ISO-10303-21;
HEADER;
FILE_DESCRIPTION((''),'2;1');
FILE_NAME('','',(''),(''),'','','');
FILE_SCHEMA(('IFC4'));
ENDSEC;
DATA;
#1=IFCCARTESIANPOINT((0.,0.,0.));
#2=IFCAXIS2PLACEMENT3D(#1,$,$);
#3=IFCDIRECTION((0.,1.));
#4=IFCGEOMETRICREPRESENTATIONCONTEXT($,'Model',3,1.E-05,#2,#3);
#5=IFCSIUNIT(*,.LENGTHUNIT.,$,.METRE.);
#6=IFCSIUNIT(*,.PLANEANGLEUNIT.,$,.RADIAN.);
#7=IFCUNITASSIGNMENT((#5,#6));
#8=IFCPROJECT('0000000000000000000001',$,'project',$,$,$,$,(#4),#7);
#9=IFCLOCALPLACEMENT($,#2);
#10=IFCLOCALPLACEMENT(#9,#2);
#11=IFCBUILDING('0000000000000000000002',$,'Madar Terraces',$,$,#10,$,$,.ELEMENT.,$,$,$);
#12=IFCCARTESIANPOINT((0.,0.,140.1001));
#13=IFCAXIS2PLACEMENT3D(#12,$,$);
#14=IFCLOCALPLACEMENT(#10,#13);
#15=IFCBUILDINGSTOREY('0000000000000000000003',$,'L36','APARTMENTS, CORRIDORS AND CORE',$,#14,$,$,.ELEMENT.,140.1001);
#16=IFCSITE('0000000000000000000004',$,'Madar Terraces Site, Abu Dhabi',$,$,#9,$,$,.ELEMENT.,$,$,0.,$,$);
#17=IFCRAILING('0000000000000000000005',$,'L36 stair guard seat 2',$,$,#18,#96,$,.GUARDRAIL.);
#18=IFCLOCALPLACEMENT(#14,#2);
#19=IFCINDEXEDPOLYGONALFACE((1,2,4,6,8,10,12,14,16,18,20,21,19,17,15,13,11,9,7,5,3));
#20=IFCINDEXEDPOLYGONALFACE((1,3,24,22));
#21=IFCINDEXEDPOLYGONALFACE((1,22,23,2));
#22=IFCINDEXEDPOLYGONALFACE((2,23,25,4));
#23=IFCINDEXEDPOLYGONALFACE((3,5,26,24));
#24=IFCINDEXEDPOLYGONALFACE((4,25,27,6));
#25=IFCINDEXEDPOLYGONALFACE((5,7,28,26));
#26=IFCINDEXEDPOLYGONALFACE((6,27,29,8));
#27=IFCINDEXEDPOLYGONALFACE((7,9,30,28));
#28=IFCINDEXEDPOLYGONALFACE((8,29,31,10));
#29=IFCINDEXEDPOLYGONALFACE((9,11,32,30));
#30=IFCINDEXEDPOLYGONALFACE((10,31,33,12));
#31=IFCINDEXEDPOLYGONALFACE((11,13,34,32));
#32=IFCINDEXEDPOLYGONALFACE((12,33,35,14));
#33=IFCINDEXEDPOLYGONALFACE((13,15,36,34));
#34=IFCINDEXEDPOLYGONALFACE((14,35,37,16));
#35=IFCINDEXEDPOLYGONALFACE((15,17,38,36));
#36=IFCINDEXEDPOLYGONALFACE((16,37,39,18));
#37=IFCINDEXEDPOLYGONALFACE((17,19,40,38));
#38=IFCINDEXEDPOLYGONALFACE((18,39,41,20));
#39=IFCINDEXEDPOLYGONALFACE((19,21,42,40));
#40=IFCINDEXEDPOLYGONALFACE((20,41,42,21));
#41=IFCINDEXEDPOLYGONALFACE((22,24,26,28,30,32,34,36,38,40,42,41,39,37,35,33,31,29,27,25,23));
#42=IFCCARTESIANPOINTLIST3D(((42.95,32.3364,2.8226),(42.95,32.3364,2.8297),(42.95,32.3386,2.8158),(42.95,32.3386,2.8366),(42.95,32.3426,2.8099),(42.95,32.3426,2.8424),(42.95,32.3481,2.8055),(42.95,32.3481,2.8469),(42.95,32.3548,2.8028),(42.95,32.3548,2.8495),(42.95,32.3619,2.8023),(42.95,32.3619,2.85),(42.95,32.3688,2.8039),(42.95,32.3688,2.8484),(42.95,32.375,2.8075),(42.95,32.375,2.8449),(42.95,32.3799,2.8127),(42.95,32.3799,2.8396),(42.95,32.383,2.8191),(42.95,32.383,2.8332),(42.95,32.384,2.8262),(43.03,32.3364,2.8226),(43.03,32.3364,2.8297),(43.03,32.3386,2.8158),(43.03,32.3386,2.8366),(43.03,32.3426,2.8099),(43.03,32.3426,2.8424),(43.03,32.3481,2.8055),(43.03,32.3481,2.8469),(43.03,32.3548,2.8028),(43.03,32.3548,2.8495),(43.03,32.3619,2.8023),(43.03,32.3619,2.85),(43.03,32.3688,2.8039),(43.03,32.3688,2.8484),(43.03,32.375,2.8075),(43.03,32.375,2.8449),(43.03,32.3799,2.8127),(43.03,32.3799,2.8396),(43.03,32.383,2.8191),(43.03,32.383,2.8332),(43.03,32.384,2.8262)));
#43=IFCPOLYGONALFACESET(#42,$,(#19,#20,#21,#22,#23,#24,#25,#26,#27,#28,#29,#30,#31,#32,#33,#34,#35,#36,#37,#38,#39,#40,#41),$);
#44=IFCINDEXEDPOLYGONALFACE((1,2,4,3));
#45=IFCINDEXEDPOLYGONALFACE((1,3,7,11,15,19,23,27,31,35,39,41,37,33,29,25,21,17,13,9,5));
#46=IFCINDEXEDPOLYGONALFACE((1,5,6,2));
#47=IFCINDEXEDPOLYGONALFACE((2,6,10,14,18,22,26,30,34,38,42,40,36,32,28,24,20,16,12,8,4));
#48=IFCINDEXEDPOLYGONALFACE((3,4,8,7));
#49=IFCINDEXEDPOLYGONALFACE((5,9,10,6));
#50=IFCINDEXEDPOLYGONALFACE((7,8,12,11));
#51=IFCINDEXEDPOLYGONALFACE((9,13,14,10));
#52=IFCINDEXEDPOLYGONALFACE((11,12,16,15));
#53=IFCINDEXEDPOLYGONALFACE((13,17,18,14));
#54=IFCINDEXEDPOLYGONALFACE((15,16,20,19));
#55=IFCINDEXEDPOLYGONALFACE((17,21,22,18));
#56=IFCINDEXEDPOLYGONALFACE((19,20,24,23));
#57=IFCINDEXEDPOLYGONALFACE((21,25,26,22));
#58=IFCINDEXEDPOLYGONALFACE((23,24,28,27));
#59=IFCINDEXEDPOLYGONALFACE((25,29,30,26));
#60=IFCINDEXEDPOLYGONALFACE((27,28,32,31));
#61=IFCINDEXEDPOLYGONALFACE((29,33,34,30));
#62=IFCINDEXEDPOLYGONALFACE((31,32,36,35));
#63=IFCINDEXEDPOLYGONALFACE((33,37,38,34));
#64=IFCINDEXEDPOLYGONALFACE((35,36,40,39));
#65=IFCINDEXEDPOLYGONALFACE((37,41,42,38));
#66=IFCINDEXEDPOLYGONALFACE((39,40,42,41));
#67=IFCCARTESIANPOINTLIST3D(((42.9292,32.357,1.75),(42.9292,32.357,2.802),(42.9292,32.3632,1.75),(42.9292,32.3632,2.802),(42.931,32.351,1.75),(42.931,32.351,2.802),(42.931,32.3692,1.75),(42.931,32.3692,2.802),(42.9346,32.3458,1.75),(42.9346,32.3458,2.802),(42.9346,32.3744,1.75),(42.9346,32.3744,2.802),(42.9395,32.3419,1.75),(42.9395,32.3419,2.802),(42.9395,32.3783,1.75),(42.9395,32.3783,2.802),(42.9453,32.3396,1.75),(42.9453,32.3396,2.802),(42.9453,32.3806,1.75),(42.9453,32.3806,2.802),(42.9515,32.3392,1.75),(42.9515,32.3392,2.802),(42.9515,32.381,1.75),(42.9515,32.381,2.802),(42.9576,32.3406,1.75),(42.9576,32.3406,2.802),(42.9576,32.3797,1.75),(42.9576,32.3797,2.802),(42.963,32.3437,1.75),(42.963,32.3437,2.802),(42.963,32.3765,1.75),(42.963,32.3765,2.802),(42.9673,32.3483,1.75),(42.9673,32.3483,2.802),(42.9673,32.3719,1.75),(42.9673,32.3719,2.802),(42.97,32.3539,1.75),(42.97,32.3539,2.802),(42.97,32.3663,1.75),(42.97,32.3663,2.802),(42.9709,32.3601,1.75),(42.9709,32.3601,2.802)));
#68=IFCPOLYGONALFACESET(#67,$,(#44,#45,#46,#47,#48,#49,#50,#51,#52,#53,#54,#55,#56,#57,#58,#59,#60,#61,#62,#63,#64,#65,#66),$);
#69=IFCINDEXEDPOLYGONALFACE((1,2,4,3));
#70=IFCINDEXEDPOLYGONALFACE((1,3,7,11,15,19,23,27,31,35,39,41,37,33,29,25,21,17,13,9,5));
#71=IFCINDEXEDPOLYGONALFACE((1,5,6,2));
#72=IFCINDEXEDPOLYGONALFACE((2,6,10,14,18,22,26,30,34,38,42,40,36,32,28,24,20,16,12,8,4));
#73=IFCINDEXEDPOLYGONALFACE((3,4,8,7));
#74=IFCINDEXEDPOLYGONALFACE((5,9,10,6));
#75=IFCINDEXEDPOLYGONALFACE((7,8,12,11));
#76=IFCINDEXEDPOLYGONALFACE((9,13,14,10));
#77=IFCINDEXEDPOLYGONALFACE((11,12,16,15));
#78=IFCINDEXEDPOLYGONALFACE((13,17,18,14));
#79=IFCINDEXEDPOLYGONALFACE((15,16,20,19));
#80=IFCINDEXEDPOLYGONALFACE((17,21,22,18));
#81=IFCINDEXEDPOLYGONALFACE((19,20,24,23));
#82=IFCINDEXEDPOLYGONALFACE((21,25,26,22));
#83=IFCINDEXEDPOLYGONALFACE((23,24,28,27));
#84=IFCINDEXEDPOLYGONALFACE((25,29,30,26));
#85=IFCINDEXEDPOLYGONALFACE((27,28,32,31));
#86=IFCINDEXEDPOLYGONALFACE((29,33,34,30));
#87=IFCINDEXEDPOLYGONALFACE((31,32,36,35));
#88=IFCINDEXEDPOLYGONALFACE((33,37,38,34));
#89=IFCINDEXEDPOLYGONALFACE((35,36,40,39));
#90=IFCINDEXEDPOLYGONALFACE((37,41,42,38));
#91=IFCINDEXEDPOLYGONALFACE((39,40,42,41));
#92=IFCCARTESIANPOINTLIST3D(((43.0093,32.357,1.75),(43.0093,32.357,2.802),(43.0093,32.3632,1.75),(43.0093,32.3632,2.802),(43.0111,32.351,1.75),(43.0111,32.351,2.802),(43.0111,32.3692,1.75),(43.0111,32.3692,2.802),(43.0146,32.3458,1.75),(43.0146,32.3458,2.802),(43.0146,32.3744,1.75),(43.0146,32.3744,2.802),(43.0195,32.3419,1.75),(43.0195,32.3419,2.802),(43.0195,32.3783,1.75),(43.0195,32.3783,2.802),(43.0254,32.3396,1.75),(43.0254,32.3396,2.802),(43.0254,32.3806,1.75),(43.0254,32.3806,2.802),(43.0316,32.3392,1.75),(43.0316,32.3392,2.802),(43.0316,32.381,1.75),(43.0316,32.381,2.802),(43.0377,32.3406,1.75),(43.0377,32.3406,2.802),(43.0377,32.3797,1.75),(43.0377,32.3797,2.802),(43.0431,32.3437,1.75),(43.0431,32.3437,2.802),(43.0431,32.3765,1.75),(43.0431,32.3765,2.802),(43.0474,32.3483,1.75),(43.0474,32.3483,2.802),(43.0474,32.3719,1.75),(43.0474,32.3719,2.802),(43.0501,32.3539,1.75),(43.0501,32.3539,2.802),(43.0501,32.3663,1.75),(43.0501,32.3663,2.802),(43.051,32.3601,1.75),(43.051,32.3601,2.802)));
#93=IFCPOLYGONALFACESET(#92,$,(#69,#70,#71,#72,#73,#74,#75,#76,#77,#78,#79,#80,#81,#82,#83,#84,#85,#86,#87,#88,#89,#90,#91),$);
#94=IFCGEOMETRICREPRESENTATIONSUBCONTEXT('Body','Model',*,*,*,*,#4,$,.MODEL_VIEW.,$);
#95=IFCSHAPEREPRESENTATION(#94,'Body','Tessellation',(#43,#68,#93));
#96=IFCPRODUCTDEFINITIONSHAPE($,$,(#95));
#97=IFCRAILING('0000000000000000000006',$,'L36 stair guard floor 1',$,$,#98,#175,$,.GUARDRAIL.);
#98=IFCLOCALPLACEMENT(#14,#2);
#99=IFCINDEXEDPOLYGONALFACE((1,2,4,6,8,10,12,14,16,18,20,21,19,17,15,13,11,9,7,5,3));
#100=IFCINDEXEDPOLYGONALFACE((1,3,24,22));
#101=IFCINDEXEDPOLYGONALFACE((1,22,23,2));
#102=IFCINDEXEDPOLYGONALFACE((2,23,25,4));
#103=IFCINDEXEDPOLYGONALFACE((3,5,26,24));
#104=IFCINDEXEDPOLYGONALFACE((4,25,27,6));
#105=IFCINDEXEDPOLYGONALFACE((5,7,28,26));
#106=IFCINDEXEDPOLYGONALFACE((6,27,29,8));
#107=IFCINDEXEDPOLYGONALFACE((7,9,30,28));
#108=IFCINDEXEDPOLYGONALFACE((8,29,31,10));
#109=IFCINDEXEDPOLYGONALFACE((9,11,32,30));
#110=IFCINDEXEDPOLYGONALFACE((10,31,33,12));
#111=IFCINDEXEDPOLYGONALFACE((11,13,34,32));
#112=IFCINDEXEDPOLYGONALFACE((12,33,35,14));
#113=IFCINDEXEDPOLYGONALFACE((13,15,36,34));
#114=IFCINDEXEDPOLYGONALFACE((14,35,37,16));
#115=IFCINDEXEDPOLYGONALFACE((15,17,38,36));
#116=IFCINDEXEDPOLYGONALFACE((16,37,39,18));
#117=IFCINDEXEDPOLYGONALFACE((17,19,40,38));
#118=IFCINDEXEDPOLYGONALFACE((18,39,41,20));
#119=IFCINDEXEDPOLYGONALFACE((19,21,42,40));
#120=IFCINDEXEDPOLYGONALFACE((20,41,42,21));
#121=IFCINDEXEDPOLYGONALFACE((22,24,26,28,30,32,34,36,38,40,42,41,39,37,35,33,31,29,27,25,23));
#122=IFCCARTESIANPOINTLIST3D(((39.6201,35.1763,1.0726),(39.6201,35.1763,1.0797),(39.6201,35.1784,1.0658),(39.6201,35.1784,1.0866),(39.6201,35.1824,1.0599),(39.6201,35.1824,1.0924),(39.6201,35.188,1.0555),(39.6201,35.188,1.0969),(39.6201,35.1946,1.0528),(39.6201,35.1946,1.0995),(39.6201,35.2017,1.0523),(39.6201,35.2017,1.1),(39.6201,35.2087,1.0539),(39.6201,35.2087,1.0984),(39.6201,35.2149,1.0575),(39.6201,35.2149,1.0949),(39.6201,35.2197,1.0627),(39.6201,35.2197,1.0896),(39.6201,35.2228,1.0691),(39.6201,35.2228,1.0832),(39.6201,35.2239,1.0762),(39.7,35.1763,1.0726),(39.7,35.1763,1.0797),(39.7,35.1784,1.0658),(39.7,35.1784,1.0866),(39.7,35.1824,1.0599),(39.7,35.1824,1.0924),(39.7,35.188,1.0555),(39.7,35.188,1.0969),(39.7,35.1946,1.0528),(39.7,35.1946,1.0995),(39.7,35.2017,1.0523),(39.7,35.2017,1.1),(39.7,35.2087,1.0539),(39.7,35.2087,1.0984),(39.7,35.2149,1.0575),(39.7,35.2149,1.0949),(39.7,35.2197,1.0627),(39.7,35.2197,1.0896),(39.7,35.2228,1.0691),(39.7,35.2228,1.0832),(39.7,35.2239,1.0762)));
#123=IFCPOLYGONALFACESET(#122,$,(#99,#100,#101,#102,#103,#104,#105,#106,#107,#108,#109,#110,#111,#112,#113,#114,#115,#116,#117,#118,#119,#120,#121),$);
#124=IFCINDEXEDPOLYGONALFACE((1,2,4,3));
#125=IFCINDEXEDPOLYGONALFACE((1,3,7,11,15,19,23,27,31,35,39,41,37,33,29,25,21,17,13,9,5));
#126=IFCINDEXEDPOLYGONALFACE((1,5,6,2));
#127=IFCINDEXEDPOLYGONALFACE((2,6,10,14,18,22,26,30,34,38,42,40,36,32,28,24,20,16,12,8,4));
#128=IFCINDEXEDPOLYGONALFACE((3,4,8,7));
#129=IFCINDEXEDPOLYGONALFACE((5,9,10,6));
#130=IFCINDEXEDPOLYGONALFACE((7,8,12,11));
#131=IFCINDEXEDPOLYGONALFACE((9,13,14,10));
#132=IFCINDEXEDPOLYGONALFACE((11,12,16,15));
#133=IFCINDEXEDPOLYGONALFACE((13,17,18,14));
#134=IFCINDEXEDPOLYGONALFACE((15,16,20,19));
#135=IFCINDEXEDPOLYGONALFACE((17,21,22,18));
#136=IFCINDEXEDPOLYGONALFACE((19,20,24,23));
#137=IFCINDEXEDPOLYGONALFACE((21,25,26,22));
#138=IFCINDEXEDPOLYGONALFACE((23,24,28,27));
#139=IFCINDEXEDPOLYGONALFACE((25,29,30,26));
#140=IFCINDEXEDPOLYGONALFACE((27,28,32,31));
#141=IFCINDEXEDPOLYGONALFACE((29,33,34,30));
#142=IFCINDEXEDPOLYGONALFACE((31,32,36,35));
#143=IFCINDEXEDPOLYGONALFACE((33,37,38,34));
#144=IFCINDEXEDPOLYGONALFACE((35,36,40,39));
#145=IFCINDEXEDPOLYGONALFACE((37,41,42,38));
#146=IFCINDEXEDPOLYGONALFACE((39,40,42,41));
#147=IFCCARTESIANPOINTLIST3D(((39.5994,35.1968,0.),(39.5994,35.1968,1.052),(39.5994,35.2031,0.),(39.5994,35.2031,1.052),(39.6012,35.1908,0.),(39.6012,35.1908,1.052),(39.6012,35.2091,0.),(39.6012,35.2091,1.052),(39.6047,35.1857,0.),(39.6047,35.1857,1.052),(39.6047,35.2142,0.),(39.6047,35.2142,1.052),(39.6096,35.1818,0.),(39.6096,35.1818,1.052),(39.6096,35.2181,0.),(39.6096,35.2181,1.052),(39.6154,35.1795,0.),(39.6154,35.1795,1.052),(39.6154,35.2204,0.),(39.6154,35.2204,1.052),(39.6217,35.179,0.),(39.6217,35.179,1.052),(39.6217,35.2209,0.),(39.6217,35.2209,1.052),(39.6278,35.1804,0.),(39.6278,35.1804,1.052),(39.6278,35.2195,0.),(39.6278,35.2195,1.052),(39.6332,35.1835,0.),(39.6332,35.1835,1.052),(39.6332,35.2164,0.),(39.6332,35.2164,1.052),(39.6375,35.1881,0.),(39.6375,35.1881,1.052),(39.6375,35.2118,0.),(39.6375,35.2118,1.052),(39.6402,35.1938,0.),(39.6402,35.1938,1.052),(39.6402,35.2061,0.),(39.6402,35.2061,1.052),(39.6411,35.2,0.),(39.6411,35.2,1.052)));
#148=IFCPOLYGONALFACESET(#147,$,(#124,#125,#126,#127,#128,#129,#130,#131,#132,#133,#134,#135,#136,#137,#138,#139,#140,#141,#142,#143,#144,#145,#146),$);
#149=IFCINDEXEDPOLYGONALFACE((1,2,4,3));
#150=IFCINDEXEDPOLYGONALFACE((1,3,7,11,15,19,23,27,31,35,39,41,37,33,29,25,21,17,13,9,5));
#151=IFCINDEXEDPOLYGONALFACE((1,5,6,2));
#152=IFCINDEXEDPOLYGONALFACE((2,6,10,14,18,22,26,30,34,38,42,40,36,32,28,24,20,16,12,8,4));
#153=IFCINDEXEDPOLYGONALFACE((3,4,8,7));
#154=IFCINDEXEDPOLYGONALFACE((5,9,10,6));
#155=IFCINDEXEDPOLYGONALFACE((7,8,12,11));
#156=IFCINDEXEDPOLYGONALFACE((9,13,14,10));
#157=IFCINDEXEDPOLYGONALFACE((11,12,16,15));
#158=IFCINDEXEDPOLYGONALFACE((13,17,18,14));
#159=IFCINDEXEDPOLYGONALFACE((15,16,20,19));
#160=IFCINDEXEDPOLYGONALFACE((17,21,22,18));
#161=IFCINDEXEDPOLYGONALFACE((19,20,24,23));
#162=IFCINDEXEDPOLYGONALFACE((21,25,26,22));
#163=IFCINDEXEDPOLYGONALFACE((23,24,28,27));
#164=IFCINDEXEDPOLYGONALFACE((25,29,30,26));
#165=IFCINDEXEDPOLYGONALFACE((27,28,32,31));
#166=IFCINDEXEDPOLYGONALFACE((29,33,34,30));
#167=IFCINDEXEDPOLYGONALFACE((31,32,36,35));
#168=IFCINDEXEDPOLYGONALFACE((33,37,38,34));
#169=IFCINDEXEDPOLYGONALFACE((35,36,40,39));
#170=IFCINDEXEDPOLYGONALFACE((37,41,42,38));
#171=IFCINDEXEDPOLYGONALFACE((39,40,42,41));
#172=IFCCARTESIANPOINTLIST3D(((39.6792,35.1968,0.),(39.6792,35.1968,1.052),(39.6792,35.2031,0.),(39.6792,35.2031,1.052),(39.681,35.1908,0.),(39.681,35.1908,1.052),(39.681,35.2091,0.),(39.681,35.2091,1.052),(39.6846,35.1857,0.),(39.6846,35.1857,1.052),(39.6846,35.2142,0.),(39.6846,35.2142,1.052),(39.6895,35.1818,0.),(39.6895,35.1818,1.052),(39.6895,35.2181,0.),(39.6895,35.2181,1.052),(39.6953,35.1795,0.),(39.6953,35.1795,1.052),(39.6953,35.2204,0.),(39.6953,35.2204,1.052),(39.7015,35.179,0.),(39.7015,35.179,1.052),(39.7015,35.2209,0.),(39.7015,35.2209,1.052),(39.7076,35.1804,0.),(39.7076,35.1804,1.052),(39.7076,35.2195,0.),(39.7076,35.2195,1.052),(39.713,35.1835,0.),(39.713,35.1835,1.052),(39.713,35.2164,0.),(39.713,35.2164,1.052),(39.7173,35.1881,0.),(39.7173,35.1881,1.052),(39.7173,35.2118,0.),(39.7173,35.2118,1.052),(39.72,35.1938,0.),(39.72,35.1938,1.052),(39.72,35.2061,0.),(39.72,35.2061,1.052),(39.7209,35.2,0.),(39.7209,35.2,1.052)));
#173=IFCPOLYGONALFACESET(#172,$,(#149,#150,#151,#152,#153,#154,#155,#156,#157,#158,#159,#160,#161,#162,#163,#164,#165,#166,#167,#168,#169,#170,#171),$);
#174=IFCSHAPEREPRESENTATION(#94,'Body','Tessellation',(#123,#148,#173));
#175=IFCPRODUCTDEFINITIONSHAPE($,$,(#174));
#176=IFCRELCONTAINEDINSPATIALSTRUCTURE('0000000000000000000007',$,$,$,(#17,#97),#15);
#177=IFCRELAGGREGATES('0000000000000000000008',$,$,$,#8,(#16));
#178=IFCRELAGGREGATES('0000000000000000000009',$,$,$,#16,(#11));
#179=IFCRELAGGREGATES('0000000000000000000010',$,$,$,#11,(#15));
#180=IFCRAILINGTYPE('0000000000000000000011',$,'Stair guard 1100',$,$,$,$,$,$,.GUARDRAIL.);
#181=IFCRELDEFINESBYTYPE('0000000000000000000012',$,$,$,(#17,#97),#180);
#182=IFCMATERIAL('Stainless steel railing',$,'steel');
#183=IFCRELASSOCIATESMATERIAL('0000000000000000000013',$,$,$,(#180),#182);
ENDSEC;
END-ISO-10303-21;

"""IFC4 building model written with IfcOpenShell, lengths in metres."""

from ifc_helpers import new_model, si_unit, direction, frame, origin, origin_2d, place, context, subcontext, project, spatial, circle, extrude, material, type_object, element, save


model = new_model("IFC4")

# Units and contexts
model_context = context("Model", 3, precision=1e-05, world=origin(), true_north=direction((0.0, 1.0)))
body_context = subcontext(model_context, "Body", "Model", "MODEL_VIEW")
ifc_project = project(units=[si_unit("LENGTHUNIT", "METRE"), si_unit("PLANEANGLEUNIT", "RADIAN")], contexts=[model_context])

# Site, building, storey
site_placement = place(None, origin())
site = spatial("IfcSite", under=ifc_project, at=site_placement, Name="Madar Terraces Site, Abu Dhabi", CompositionType="ELEMENT", RefElevation=0.0)
building_placement = place(site_placement, origin())
building = spatial("IfcBuilding", under=site, at=building_placement, Name="Madar Terraces", CompositionType="ELEMENT")
storey_placement = place(building_placement, frame((0.0, 0.0, 140.1001)))
storey = spatial("IfcBuildingStorey", under=building, at=storey_placement, Name="L36", Description="APARTMENTS, CORRIDORS AND CORE", CompositionType="ELEMENT", Elevation=140.1001)

# Railings
ifc_material_1 = material(Name="Stainless steel railing", Category="steel")
railing_type_1 = type_object("IfcRailingType", Name="Stair guard 1100", PredefinedType="GUARDRAIL", material=ifc_material_1)
railing_1_placement = place(storey_placement, frame((42.95, 32.3601, 1.75)))
element("IfcRailing", 1, at=railing_1_placement, inside=storey, type_object=railing_type_1, Name="L36 stair guard seat 2", PredefinedType="GUARDRAIL", context=body_context, shape_type="SweptSolid", body=[
    extrude(circle(Radius=0.0239, at=origin_2d()), frame((0.0, 0.0, 1.0762), z_axis=(1.0, 0.0, 0.0), x_axis=(0.0, 1.0, 0.0)), (0.0, 0.0, 1.0), 0.0801),
    extrude(circle(Radius=0.021, at=origin_2d()), origin(), (0.0, 0.0, 1.0), 1.052),
    extrude(circle(Radius=0.021, at=origin_2d()), frame((0.0801, 0.0, 0.0)), (0.0, 0.0, 1.0), 1.052),
])
railing_2_placement = place(storey_placement, frame((39.6201, 35.2, 0.0)))
element("IfcRailing", 2, at=railing_2_placement, inside=storey, type_object=railing_type_1, Name="L36 stair guard floor 1", PredefinedType="GUARDRAIL", context=body_context, shape_type="SweptSolid", body=[
    extrude(circle(Radius=0.0239, at=origin_2d()), frame((0.0, 0.0, 1.0762), z_axis=(1.0, 0.0, 0.0), x_axis=(0.0, 1.0, 0.0)), (0.0, 0.0, 1.0), 0.0798),
    extrude(circle(Radius=0.021, at=origin_2d()), origin(), (0.0, 0.0, 1.0), 1.052),
    extrude(circle(Radius=0.021, at=origin_2d()), frame((0.0798, 0.0, 0.0)), (0.0, 0.0, 1.0), 1.052),
])

save(model, "model.ifc")
